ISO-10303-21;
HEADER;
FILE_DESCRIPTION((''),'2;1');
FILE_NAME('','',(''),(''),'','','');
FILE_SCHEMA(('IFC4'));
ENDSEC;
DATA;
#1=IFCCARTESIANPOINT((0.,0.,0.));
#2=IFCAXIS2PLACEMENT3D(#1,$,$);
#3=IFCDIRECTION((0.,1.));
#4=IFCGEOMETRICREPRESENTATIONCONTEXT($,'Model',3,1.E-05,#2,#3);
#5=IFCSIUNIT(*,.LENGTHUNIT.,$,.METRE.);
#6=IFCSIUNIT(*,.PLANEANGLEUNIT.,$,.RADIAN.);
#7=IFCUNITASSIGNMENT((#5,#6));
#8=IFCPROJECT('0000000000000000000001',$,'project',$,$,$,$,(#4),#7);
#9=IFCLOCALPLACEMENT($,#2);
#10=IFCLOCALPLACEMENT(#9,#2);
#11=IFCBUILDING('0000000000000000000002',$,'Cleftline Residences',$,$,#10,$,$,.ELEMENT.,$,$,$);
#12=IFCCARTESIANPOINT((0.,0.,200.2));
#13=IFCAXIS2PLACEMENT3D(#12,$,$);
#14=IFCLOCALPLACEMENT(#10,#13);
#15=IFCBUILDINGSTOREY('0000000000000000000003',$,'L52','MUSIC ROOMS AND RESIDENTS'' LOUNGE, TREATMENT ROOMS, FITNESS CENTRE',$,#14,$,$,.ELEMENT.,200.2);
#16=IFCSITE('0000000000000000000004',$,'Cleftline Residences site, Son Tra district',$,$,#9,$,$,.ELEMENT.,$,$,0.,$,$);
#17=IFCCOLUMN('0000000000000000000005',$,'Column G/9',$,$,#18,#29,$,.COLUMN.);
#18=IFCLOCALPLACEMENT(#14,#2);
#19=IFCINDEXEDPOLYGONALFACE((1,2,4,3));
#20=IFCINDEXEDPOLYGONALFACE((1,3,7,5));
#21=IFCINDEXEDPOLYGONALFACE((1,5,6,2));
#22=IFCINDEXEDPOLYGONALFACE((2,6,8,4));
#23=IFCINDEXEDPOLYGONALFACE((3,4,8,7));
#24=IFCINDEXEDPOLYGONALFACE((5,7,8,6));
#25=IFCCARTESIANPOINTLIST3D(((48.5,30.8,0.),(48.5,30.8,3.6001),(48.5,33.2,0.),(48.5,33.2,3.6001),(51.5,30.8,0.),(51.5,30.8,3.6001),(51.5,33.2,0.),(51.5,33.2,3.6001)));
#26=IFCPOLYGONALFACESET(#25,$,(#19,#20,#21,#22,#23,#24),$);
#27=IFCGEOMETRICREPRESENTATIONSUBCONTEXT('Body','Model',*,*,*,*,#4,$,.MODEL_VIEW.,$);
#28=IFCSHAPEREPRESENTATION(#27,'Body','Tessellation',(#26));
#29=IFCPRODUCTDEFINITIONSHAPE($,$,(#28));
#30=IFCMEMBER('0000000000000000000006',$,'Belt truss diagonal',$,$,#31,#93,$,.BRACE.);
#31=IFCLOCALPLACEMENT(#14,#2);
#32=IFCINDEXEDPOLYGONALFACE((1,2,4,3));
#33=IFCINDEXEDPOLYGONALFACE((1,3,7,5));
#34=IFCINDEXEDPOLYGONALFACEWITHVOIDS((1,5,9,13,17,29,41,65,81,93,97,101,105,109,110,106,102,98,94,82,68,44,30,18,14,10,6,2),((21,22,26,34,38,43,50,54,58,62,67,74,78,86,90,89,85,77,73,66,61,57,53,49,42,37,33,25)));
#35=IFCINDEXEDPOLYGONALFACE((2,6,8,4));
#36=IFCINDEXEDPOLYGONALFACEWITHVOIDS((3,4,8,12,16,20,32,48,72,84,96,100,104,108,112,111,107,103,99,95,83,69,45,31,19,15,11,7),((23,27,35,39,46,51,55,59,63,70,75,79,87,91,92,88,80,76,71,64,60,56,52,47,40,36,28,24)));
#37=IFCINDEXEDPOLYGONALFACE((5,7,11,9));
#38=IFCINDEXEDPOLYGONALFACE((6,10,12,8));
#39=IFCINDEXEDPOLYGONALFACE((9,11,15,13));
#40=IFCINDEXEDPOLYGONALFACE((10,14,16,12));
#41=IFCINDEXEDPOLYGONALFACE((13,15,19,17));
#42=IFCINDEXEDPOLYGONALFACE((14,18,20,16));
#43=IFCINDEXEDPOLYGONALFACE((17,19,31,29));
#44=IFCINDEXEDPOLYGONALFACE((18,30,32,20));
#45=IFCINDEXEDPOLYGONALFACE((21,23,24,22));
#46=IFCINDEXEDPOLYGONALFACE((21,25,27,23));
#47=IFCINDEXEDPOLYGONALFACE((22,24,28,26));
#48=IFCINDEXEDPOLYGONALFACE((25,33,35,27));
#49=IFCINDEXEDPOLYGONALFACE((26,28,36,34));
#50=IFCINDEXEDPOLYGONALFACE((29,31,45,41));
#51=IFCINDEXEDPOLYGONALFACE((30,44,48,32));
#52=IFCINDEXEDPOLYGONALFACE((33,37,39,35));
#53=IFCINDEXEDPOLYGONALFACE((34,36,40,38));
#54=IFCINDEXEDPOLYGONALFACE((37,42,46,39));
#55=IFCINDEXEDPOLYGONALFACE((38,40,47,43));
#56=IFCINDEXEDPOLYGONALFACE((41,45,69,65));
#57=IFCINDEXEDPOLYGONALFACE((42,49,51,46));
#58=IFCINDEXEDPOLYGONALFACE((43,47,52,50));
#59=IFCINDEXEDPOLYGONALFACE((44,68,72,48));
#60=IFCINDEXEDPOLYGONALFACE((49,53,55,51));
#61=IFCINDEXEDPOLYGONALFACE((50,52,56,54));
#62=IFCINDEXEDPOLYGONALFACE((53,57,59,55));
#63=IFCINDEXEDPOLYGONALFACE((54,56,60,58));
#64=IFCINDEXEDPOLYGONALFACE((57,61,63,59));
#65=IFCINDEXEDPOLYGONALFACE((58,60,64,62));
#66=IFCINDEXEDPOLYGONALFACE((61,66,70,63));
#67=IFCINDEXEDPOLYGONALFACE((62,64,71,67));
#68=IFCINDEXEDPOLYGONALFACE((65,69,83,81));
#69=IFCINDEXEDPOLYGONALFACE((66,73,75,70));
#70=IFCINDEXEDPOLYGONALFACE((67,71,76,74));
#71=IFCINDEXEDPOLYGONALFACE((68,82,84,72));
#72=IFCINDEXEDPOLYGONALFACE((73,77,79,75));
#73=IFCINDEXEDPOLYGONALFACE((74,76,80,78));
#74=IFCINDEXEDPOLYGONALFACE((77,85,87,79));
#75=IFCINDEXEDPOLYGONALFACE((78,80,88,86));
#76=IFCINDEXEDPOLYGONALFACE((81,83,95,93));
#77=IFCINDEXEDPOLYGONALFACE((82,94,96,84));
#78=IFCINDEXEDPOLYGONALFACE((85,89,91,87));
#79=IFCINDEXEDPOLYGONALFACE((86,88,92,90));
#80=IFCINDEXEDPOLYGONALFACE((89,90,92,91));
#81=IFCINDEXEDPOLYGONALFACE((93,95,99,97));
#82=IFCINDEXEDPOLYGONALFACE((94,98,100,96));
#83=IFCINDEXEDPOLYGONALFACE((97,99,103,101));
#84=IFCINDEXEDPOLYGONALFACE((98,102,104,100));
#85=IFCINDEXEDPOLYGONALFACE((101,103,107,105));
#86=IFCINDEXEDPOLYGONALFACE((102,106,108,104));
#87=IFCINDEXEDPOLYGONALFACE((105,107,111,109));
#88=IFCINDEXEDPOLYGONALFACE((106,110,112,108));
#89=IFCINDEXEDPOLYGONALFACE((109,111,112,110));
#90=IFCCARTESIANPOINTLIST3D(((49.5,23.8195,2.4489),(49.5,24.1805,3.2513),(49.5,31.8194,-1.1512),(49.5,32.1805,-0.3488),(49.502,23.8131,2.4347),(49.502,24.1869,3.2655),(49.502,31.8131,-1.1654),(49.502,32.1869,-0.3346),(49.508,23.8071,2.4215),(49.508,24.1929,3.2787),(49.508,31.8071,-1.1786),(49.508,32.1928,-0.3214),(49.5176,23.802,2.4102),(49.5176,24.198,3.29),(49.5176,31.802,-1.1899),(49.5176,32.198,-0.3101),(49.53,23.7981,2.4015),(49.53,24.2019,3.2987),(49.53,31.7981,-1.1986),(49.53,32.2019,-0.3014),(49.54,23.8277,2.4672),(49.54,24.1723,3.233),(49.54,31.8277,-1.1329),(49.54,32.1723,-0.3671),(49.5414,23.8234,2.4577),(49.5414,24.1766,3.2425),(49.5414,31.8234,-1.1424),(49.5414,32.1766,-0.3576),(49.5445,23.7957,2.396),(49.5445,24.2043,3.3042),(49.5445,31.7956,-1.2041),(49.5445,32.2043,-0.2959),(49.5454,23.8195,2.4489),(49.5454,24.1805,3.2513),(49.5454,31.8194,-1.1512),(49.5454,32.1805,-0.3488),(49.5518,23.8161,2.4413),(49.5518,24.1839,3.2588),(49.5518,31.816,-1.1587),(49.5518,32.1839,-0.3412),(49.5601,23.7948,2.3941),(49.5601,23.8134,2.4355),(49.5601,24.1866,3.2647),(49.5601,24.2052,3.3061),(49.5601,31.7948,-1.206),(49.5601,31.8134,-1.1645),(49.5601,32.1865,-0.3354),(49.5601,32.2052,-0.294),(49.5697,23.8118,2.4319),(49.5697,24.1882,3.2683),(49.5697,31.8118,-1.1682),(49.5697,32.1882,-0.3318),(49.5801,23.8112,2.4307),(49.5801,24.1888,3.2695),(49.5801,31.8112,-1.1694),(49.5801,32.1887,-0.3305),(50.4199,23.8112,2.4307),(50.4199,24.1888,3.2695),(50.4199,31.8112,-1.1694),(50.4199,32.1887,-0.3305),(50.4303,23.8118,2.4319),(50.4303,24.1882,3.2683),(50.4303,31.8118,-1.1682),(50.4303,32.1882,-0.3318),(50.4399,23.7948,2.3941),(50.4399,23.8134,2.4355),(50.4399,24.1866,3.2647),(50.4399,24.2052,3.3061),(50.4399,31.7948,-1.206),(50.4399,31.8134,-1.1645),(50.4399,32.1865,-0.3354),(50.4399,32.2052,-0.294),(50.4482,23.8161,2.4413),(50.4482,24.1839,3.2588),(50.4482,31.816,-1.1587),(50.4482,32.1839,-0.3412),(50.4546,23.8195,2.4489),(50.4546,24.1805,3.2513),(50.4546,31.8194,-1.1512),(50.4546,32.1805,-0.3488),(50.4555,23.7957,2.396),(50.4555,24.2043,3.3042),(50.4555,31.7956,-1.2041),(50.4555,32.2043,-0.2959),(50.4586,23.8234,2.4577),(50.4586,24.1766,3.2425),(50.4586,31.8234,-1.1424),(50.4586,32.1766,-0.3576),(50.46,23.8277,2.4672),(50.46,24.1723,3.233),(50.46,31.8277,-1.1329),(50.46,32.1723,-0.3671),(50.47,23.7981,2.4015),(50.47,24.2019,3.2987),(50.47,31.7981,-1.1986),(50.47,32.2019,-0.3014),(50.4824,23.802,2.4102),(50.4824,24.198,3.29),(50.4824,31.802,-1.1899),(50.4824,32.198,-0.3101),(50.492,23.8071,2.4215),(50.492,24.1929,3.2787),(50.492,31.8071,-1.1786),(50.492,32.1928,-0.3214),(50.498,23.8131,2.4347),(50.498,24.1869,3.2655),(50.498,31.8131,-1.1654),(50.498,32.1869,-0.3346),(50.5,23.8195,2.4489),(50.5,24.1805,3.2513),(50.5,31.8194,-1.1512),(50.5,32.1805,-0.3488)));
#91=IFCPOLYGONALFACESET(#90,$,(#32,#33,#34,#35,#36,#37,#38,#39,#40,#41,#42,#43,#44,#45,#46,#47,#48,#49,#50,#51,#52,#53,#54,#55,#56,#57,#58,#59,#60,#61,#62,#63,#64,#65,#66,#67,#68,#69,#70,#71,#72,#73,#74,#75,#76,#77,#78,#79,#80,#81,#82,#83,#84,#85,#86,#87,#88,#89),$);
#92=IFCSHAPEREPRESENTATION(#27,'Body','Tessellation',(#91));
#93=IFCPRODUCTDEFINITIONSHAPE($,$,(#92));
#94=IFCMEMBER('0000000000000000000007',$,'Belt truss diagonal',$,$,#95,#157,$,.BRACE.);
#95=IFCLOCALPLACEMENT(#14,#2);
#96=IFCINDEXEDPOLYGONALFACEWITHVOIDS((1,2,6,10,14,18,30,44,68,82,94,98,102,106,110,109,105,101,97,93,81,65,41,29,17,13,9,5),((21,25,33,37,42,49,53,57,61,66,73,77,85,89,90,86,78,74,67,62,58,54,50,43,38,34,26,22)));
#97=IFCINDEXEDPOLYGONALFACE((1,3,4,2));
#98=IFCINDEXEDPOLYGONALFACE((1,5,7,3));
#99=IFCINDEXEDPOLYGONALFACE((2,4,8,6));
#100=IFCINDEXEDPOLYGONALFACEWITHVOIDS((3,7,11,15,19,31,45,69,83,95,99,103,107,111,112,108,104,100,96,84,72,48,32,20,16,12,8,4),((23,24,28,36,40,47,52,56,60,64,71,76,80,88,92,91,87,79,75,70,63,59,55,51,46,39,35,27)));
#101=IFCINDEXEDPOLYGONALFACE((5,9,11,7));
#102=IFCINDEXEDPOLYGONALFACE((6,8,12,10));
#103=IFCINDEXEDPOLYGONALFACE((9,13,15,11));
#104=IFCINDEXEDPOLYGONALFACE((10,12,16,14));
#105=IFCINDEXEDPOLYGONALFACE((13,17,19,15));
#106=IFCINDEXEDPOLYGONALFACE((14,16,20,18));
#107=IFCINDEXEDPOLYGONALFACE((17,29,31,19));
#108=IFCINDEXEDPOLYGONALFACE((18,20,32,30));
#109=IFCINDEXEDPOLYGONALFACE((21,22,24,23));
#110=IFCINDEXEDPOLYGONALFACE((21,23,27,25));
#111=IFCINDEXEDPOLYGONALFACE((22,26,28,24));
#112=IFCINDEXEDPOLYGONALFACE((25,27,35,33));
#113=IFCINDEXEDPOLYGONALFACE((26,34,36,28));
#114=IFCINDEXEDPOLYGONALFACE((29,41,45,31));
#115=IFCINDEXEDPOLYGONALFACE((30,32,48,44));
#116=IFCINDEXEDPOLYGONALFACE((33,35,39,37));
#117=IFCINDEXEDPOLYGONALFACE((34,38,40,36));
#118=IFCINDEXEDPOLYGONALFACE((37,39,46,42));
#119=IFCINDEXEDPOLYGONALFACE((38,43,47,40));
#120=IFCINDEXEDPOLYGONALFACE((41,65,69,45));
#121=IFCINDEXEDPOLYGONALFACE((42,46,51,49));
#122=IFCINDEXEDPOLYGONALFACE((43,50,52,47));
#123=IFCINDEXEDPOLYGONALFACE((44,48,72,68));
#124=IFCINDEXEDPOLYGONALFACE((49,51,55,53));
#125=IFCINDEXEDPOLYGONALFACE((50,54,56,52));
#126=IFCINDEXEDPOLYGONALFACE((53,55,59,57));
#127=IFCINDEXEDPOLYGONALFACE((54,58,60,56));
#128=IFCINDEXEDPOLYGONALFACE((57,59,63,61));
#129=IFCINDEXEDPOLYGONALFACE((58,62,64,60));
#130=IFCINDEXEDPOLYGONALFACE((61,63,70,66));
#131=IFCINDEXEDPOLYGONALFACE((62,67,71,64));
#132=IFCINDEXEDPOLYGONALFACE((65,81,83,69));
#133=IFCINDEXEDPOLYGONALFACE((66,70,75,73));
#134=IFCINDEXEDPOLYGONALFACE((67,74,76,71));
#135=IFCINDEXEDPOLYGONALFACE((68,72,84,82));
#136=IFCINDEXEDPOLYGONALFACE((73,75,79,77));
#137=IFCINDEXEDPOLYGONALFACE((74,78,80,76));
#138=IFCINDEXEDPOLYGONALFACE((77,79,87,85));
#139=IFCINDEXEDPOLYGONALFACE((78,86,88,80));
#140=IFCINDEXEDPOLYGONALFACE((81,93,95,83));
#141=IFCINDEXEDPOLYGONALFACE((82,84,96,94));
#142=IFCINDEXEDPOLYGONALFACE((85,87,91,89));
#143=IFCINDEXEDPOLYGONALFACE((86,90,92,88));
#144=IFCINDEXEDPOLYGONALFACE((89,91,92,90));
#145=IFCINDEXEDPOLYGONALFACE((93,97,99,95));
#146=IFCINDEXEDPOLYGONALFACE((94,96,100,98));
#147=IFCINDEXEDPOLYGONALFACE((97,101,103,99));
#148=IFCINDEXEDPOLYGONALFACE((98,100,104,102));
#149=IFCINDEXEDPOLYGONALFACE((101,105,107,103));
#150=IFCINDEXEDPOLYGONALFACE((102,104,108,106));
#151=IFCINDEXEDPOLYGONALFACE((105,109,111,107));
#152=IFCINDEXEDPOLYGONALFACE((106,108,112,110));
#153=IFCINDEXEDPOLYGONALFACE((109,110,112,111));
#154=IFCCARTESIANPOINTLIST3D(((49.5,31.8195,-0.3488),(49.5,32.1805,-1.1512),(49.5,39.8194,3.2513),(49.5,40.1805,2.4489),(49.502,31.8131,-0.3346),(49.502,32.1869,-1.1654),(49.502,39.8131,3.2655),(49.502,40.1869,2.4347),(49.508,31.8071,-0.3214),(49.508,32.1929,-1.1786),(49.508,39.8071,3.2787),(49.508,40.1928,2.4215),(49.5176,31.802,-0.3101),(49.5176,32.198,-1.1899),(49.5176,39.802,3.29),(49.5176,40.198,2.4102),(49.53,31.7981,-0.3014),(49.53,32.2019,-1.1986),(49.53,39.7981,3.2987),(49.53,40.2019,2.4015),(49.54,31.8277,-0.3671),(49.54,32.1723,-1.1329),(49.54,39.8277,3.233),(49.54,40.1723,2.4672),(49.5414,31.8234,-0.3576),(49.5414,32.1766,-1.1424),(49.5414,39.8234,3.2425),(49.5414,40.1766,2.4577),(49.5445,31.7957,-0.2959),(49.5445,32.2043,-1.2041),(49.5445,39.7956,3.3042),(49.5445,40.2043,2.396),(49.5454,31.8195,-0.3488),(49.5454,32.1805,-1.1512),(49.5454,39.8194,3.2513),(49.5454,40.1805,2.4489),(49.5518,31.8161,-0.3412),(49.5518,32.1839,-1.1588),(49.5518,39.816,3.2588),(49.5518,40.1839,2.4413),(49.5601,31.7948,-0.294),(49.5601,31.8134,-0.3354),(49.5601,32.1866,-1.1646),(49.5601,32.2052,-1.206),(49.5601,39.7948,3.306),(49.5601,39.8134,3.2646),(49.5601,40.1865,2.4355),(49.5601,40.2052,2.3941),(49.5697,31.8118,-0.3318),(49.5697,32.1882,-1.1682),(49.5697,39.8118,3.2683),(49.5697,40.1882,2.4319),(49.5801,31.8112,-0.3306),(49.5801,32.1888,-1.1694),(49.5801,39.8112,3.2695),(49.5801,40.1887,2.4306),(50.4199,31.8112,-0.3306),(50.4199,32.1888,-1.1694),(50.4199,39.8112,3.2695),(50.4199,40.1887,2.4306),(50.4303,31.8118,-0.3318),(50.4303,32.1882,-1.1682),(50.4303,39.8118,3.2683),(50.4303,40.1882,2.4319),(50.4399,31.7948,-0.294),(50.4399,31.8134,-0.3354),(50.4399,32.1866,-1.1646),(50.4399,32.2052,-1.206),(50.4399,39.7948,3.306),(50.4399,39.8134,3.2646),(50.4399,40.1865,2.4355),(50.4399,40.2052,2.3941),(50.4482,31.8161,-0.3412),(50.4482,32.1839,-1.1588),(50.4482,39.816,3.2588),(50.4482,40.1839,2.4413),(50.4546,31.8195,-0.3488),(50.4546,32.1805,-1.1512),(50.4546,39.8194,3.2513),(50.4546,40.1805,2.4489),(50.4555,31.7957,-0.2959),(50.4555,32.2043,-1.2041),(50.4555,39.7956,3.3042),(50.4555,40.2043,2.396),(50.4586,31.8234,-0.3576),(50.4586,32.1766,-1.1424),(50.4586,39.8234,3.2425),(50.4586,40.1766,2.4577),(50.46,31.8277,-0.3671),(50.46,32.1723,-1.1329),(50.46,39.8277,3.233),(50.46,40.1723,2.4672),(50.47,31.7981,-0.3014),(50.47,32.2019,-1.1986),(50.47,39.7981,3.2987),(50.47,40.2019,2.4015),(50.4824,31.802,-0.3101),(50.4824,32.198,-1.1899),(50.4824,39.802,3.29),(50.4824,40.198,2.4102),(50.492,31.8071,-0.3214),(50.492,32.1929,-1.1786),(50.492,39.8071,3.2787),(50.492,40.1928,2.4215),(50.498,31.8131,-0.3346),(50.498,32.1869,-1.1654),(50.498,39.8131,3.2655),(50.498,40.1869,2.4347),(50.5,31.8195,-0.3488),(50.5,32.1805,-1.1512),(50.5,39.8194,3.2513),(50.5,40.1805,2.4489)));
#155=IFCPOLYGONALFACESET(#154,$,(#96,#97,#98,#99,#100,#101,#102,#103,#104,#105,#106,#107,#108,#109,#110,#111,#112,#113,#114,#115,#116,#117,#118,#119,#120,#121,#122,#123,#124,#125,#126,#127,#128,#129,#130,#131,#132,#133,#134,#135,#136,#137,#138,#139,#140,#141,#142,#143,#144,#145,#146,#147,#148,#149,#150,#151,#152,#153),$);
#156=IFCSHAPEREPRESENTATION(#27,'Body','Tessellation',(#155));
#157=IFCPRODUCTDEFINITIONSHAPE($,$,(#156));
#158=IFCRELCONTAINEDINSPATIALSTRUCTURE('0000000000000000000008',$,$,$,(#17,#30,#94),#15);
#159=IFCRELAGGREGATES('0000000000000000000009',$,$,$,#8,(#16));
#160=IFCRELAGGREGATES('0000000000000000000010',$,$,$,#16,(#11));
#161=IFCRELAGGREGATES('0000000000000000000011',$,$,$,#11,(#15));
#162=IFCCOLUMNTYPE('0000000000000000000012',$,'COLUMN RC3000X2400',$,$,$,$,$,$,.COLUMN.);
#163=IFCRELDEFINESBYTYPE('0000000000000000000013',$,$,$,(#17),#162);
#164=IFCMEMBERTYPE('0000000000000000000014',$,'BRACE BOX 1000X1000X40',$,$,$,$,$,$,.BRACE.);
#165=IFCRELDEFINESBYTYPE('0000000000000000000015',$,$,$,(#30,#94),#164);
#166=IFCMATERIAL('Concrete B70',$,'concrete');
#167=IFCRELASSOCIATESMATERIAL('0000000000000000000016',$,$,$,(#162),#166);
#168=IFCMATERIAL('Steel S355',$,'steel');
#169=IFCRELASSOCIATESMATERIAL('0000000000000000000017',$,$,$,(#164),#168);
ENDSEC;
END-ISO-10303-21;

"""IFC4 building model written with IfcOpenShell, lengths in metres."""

from ifc_helpers import new_model, si_unit, direction, frame, origin, origin_2d, place, context, subcontext, project, spatial, rectangle, hollow_rectangle, extrude, material, material_profile, profile_set, type_object, element, save


model = new_model("IFC4")

# Units and contexts
model_context = context("Model", 3, precision=1e-05, world=origin(), true_north=direction((0.0, 1.0)))
body_context = subcontext(model_context, "Body", "Model", "MODEL_VIEW")
ifc_project = project(units=[si_unit("LENGTHUNIT", "METRE"), si_unit("PLANEANGLEUNIT", "RADIAN")], contexts=[model_context])

# Site, building, storey
site_placement = place(None, origin())
site = spatial("IfcSite", under=ifc_project, at=site_placement, Name="Cleftline Residences site, Son Tra district", CompositionType="ELEMENT", RefElevation=0.0)
building_placement = place(site_placement, origin())
building = spatial("IfcBuilding", under=site, at=building_placement, Name="Cleftline Residences", CompositionType="ELEMENT")
storey_placement = place(building_placement, frame((0.0, 0.0, 200.2)))
storey = spatial("IfcBuildingStorey", under=building, at=storey_placement, Name="L52", Description="MUSIC ROOMS AND RESIDENTS' LOUNGE, TREATMENT ROOMS, FITNESS CENTRE", CompositionType="ELEMENT", Elevation=200.2)

# Column
ifc_material_1 = material(Name="Concrete B70", Category="concrete")
ifc_material_profile_1 = material_profile(ifc_material_1, rectangle(XDim=3.0, YDim=2.3999, at=origin_2d()))
ifc_profile_set_1 = profile_set([ifc_material_profile_1], Name="Concrete B70")
column_type = type_object("IfcColumnType", Name="COLUMN RC3000X2400", PredefinedType="COLUMN", material=ifc_profile_set_1)
column_placement = place(storey_placement, frame((50.0, 32.0, 0.0), z_axis=(0.0, 0.0, 1.0), x_axis=(1.0, 0.0, 0.0)))
element("IfcColumn", 1, at=column_placement, inside=storey, type_object=column_type, Name="Column G/9", PredefinedType="COLUMN", context=body_context, shape_type="SweptSolid", body=[
    extrude(rectangle(XDim=3.0, YDim=2.3999, at=origin_2d()), origin(), (0.0, 0.0, 1.0), 3.6001),
])

# Members
ifc_material_2 = material(Name="Steel S355", Category="steel")
ifc_material_profile_2 = material_profile(ifc_material_2, hollow_rectangle(XDim=1.0, YDim=1.0, WallThickness=0.04, InnerFilletRadius=0.04, OuterFilletRadius=0.0601, at=origin_2d()))
ifc_profile_set_2 = profile_set([ifc_material_profile_2], Name="Steel S355")
member_type_1 = type_object("IfcMemberType", Name="BRACE BOX 1000X1000X40", PredefinedType="BRACE", material=ifc_profile_set_2)
for number, where, z_axis, x_axis, name in (
    (2, (50.0, 24.0, 2.8501), (0.0, 0.911917, -0.410374), (0.0, 0.410374, 0.911917), "Belt truss diagonal"),
    (3, (50.0, 32.0, -0.75), (0.0, 0.911917, 0.410374), (0.0, -0.410374, 0.911917), "Belt truss diagonal"),
):
    element("IfcMember", number, at=place(storey_placement, frame(where, z_axis=z_axis, x_axis=x_axis)), inside=storey, type_object=member_type_1, Name=name, PredefinedType="BRACE", context=body_context, shape_type="SweptSolid", body=[
        extrude(hollow_rectangle(XDim=1.0, YDim=1.0, WallThickness=0.04, InnerFilletRadius=0.04, OuterFilletRadius=0.0601, at=origin_2d()), origin(), (0.0, 0.0, 1.0), 8.7727),
    ])

save(model, "model.ifc")
